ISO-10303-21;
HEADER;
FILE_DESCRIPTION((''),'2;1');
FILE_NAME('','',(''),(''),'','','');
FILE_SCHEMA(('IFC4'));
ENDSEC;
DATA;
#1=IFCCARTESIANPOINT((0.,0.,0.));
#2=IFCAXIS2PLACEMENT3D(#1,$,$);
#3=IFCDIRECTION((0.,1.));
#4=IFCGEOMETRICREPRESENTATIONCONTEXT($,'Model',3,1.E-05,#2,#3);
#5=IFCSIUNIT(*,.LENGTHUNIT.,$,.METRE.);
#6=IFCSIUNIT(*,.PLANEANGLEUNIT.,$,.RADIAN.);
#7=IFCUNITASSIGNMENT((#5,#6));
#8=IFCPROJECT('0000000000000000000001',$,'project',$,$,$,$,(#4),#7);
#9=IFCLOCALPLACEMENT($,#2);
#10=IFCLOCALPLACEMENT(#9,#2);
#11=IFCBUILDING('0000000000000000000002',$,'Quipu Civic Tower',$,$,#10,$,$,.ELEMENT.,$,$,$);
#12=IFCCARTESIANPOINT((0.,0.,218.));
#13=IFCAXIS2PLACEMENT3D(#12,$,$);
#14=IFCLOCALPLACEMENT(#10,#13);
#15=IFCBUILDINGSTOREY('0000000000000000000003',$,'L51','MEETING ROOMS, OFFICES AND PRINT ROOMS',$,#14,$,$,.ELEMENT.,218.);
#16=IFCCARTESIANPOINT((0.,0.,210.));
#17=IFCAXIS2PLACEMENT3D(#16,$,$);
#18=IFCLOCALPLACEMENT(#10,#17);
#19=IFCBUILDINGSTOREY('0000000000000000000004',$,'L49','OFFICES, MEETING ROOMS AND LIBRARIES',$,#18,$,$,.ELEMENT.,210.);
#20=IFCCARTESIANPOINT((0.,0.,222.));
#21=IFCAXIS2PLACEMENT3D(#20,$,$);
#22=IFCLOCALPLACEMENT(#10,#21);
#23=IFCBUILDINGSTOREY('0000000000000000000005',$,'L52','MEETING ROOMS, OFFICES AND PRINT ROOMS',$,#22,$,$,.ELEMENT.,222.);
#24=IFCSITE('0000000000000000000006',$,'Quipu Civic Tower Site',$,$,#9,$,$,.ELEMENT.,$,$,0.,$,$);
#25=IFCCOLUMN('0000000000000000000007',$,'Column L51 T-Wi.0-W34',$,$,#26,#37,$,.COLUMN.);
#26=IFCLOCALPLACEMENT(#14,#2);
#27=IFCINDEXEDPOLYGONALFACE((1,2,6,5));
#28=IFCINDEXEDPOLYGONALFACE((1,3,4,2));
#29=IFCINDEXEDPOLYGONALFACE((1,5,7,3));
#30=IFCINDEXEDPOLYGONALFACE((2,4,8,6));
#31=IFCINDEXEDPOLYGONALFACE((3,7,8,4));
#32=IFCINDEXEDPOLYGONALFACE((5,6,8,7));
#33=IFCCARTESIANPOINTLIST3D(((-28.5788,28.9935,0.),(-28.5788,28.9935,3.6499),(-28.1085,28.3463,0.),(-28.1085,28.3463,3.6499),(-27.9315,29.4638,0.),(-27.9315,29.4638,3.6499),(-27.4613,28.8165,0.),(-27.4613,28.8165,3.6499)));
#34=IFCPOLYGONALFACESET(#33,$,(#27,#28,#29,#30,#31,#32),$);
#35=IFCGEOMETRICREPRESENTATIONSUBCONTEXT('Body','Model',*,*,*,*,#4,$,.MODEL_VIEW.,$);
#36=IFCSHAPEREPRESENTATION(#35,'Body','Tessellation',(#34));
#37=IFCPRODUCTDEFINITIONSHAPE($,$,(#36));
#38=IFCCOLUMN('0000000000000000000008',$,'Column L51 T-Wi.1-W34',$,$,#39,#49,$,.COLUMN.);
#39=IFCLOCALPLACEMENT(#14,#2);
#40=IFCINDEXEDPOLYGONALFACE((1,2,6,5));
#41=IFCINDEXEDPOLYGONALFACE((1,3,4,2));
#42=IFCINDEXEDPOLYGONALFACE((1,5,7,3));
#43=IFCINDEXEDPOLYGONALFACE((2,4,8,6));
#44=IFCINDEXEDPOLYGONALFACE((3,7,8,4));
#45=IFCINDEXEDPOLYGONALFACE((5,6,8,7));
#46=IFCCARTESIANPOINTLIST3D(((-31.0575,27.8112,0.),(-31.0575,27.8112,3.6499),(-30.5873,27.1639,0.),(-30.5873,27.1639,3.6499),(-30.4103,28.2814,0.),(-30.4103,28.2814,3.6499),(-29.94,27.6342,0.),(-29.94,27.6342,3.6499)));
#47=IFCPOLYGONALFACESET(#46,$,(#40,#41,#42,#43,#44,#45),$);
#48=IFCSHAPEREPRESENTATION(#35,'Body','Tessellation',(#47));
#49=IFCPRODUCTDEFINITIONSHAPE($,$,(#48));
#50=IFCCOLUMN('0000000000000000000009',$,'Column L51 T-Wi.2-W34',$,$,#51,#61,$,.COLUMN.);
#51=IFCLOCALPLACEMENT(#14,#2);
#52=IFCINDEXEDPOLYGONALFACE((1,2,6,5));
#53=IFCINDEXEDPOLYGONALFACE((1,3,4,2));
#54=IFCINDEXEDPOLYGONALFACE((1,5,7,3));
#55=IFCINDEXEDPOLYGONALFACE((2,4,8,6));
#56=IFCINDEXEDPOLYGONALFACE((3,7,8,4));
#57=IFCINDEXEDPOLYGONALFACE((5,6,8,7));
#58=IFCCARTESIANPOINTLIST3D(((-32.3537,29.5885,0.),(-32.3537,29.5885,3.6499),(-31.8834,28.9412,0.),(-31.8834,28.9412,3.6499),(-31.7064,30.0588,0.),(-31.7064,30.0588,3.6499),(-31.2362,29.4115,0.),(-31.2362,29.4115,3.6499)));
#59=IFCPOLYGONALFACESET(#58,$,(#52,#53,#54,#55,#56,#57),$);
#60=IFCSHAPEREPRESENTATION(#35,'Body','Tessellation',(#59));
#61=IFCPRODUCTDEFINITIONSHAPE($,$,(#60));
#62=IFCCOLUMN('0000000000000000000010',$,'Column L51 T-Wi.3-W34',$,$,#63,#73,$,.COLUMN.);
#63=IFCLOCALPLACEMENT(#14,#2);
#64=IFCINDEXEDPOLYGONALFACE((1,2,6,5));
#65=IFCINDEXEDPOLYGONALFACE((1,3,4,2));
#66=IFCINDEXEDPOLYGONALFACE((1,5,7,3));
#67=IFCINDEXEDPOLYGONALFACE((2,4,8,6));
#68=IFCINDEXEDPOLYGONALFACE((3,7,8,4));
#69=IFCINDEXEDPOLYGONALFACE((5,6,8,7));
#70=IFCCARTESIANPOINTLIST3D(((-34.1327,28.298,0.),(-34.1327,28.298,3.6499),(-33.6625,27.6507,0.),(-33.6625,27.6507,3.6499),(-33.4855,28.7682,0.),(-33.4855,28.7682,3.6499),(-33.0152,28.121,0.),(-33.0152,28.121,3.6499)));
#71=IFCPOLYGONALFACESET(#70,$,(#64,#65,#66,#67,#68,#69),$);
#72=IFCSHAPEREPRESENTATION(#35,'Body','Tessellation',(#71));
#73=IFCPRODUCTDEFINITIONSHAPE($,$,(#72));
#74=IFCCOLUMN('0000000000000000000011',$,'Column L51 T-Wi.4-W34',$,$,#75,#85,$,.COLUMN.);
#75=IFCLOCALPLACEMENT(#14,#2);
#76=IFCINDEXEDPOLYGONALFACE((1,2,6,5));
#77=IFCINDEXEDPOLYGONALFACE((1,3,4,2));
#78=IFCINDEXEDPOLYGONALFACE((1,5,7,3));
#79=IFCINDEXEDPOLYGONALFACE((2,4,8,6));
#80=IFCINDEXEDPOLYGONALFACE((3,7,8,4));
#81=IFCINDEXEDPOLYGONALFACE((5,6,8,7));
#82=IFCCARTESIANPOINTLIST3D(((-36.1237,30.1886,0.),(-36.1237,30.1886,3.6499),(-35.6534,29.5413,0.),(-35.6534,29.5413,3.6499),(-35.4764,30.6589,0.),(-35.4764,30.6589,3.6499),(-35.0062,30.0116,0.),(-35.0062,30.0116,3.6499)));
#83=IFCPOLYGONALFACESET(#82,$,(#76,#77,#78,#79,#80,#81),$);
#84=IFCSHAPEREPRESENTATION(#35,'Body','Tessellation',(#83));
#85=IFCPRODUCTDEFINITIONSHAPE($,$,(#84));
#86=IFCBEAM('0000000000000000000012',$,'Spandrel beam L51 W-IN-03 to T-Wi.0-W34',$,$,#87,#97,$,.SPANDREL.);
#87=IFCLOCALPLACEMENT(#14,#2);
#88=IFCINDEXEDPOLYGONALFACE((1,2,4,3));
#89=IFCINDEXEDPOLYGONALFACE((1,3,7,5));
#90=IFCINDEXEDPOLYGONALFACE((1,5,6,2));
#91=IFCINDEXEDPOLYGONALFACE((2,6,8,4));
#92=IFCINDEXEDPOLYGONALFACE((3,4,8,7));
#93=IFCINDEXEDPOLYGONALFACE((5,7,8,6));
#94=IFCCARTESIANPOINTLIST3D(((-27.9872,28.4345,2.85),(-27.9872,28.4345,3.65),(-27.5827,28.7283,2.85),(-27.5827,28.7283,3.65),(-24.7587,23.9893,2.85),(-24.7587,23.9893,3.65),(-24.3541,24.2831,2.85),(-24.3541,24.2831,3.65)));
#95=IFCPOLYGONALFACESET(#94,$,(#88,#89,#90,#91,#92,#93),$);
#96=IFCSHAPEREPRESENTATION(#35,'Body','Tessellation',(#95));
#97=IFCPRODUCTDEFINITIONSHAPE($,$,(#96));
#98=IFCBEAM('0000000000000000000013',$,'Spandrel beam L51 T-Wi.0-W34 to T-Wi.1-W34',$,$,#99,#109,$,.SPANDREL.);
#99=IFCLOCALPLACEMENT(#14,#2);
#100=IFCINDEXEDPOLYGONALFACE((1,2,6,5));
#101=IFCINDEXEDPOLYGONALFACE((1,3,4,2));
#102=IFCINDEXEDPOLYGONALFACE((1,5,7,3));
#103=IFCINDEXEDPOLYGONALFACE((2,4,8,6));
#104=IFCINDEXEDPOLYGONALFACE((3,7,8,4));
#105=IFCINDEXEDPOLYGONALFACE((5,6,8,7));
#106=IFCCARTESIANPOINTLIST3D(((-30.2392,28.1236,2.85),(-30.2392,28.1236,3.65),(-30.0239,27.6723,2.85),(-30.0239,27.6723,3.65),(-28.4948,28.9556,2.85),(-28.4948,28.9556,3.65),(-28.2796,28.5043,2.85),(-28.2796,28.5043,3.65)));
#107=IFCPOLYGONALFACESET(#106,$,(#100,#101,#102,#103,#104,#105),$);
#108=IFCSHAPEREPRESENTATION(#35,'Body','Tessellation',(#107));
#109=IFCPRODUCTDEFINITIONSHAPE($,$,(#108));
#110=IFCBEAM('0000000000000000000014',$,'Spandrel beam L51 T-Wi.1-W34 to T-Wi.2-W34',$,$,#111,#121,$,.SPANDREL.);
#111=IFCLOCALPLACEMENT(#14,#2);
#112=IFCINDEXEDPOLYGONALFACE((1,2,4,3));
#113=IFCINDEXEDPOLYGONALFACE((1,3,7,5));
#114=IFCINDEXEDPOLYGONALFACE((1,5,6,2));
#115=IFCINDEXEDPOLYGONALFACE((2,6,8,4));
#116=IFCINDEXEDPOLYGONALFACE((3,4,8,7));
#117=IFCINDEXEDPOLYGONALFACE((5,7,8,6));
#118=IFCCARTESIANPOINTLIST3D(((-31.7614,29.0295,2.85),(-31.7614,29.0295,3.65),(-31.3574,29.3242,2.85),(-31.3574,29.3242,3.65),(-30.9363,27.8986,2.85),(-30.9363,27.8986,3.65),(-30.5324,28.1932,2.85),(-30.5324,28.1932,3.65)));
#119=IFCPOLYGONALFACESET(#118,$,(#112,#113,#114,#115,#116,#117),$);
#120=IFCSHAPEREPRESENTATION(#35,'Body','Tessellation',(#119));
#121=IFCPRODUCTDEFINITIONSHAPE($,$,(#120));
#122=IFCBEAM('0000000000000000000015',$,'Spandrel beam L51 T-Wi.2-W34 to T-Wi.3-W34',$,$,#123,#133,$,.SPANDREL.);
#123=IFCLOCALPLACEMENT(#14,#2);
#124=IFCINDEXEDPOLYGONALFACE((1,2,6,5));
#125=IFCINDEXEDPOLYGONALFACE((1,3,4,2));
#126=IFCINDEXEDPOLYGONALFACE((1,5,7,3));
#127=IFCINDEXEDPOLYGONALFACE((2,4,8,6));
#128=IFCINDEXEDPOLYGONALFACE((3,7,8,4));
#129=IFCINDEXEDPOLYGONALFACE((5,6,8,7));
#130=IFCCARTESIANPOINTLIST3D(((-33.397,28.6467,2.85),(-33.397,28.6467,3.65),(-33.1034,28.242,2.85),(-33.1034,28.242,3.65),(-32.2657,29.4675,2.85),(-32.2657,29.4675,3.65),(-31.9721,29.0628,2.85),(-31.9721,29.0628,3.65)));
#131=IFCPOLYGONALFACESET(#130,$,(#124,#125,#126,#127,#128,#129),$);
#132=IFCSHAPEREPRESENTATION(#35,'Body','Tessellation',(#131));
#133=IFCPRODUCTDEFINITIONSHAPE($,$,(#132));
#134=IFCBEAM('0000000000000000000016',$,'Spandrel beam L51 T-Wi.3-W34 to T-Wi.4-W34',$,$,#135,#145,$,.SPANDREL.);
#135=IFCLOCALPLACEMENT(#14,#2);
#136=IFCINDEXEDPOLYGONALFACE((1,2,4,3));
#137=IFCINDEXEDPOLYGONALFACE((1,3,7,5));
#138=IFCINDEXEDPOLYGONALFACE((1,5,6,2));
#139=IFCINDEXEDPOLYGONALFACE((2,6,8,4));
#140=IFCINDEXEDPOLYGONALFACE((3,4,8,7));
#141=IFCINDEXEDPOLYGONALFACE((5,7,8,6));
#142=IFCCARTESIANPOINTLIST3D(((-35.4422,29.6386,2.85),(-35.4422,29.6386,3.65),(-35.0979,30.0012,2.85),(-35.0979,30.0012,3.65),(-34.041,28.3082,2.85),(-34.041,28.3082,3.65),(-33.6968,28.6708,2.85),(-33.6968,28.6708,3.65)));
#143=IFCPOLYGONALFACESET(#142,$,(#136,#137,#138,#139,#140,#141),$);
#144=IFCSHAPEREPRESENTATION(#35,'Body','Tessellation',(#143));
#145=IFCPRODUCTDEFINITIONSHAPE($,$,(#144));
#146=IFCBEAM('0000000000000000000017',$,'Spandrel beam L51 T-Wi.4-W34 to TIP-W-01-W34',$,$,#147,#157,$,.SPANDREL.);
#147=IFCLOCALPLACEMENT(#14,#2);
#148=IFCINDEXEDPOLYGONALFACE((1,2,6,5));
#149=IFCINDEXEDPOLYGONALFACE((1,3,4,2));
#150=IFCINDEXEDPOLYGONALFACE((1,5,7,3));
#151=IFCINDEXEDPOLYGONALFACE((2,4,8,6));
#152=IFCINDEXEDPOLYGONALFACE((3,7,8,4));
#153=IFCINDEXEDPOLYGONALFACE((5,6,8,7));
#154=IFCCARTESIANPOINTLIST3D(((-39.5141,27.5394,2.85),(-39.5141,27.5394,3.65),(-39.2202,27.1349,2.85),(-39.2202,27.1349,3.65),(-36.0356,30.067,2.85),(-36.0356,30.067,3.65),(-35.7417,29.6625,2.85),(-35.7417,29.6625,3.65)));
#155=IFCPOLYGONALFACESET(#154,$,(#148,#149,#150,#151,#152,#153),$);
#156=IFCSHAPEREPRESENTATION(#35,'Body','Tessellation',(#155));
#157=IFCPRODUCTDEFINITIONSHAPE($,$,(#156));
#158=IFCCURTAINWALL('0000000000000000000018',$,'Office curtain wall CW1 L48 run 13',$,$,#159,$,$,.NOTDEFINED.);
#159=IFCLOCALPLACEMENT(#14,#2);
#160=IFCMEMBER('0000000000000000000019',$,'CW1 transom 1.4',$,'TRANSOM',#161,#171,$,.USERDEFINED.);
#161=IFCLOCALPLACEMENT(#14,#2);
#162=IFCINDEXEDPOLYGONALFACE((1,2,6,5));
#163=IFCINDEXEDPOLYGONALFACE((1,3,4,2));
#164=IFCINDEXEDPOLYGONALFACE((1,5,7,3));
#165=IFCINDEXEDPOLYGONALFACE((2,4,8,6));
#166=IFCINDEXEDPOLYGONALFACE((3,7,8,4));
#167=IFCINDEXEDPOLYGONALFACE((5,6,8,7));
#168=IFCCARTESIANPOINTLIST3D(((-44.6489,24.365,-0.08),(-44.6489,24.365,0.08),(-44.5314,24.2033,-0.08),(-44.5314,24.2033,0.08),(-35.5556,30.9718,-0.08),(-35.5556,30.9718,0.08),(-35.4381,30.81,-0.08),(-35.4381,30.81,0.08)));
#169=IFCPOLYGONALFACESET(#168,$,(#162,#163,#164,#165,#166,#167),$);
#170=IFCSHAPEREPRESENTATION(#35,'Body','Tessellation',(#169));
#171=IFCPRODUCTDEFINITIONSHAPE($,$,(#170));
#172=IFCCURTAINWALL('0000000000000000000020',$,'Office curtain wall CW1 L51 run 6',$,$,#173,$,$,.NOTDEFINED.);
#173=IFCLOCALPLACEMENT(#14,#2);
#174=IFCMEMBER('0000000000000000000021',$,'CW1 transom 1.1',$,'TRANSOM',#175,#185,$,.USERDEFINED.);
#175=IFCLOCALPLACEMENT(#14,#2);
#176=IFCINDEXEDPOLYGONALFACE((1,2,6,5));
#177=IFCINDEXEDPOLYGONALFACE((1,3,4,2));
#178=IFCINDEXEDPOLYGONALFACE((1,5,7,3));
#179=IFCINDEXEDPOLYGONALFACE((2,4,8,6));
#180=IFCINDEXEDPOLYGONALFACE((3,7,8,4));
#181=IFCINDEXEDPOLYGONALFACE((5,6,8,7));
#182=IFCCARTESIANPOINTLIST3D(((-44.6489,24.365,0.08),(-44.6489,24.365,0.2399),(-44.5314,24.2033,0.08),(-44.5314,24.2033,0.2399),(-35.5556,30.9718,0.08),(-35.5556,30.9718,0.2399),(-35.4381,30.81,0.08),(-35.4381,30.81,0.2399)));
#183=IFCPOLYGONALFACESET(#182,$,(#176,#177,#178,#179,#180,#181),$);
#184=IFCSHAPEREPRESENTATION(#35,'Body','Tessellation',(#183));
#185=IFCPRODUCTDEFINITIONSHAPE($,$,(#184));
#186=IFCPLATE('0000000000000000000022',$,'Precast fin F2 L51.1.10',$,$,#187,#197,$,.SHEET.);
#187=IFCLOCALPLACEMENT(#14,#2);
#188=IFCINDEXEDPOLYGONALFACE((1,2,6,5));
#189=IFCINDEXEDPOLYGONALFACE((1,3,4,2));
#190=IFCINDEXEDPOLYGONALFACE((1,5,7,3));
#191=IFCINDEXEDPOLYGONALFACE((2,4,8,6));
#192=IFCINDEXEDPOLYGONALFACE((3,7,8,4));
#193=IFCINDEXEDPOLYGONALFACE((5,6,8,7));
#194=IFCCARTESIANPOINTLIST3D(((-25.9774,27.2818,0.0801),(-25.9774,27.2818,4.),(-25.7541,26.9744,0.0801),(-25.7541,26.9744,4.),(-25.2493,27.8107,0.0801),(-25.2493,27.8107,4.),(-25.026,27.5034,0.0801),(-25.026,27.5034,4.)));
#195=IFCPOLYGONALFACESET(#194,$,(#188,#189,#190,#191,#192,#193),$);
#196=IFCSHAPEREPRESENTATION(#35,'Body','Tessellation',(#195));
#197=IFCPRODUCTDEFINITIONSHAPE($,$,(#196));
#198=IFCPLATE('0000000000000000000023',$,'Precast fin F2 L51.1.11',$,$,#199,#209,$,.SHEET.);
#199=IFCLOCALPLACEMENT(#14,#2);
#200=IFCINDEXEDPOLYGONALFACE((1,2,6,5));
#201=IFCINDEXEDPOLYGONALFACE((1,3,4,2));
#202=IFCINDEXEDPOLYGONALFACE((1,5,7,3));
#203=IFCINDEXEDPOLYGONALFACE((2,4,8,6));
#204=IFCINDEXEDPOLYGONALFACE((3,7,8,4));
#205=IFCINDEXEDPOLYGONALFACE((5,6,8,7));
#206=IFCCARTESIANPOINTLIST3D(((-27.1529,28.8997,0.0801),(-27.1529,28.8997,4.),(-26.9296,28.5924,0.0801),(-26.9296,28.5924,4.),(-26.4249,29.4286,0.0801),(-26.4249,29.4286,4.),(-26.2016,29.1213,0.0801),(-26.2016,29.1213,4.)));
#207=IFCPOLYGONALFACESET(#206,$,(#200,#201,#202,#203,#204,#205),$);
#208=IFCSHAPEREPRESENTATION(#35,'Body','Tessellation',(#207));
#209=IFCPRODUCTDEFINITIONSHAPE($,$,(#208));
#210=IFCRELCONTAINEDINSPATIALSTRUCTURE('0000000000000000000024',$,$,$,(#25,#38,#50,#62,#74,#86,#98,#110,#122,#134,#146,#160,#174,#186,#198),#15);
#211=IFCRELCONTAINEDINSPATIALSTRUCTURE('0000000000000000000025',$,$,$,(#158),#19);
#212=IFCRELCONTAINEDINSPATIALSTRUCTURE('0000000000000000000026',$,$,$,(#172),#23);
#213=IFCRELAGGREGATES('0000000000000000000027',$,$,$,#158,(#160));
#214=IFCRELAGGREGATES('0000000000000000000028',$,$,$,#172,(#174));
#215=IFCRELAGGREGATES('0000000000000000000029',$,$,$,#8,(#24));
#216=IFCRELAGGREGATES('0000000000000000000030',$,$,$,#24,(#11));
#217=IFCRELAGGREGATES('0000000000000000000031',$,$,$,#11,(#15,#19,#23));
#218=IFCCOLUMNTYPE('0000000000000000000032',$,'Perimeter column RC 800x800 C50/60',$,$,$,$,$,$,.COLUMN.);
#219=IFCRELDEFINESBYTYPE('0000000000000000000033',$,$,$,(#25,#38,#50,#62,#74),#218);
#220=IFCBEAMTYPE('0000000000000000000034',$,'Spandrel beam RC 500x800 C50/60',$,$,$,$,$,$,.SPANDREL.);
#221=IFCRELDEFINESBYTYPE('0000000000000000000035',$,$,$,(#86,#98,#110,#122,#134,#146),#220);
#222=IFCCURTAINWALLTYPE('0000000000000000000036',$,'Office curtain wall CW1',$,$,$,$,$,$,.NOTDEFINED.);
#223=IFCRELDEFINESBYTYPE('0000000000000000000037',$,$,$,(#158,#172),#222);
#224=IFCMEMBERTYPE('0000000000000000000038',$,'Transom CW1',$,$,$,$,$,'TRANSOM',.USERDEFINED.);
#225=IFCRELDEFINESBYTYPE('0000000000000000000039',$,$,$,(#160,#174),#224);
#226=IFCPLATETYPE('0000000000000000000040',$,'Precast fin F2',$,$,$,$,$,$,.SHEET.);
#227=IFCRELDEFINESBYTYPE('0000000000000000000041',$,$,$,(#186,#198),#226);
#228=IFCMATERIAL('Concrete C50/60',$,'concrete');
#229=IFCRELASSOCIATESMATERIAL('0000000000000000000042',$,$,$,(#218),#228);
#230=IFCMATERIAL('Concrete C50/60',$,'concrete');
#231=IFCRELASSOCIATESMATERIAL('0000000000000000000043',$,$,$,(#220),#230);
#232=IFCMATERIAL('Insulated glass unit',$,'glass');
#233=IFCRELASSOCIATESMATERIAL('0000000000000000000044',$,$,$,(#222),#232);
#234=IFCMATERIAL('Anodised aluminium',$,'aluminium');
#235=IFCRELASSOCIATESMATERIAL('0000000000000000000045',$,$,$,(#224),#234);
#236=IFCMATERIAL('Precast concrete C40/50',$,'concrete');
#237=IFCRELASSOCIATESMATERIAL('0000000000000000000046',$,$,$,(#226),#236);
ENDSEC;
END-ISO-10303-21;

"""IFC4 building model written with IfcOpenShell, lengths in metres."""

from ifc_helpers import new_model, si_unit, direction, frame, origin, origin_2d, place, context, subcontext, project, spatial, rectangle, extrude, material, material_profile, profile_set, type_object, element, aggregate, save


model = new_model("IFC4")

# Units and contexts
model_context = context("Model", 3, precision=1e-05, world=origin(), true_north=direction((0.0, 1.0)))
body_context = subcontext(model_context, "Body", "Model", "MODEL_VIEW")
ifc_project = project(units=[si_unit("LENGTHUNIT", "METRE"), si_unit("PLANEANGLEUNIT", "RADIAN")], contexts=[model_context])

# Site, building, storey
site_placement = place(None, origin())
site = spatial("IfcSite", under=ifc_project, at=site_placement, Name="Quipu Civic Tower Site", CompositionType="ELEMENT", RefElevation=0.0)
building_placement = place(site_placement, origin())
building = spatial("IfcBuilding", under=site, at=building_placement, Name="Quipu Civic Tower", CompositionType="ELEMENT")
storey_1_placement = place(building_placement, frame((0.0, 0.0, 218.0)))
storey_1 = spatial("IfcBuildingStorey", under=building, at=storey_1_placement, Name="L51", Description="MEETING ROOMS, OFFICES AND PRINT ROOMS", CompositionType="ELEMENT", Elevation=218.0)

# Columns
ifc_material_1 = material(Name="Concrete C50/60", Category="concrete")
ifc_material_profile_1 = material_profile(ifc_material_1, rectangle(XDim=0.8, YDim=0.8, at=origin_2d()), Name="RC800x800")
ifc_profile_set_1 = profile_set([ifc_material_profile_1], Name="Concrete C50/60")
column_type = type_object("IfcColumnType", Name="Perimeter column RC 800x800 C50/60", PredefinedType="COLUMN", material=ifc_profile_set_1)
for number, where, z_axis, x_axis, name in (
    (1, (-28.02, 28.905, 0.0), (0.0, 0.0, 1.0), (-0.809017, -0.587785, 0.0), "Column L51 T-Wi.0-W34"),
    (2, (-30.4988, 27.7227, 0.0), (0.0, 0.0, 1.0), (-0.809017, -0.587785, 0.0), "Column L51 T-Wi.1-W34"),
    (3, (-31.7949, 29.5, 0.0), (0.0, 0.0, 1.0), (-0.587785, 0.809017, 0.0), "Column L51 T-Wi.2-W34"),
    (4, (-33.574, 28.2095, 0.0), (0.0, 0.0, 1.0), (-0.587785, 0.809017, 0.0), "Column L51 T-Wi.3-W34"),
    (5, (-35.5649, 30.1001, 0.0), (0.0, 0.0, 1.0), (-0.809017, -0.587785, 0.0), "Column L51 T-Wi.4-W34"),
):
    element("IfcColumn", number, at=place(storey_1_placement, frame(where, z_axis=z_axis, x_axis=x_axis)), inside=storey_1, type_object=column_type, Name=name, PredefinedType="COLUMN", context=body_context, shape_type="SweptSolid", body=[
        extrude(rectangle(XDim=0.8, YDim=0.8, at=origin_2d()), origin(), (0.0, 0.0, 1.0), 3.6499),
    ])

# Beams
ifc_material_2 = material(Name="Concrete C50/60", Category="concrete")
ifc_material_profile_2 = material_profile(ifc_material_2, rectangle(XDim=0.5, YDim=0.8, at=origin_2d()), Name="RC500x800")
ifc_profile_set_2 = profile_set([ifc_material_profile_2], Name="Concrete C50/60")
beam_type = type_object("IfcBeamType", Name="Spandrel beam RC 500x800 C50/60", PredefinedType="SPANDREL", material=ifc_profile_set_2)
beam_1_placement = place(storey_1_placement, frame((-24.5564, 24.1362, 3.25), z_axis=(-0.587664, 0.809105, 0.0), x_axis=(-0.809105, -0.587664, 0.0)))
element("IfcBeam", 6, at=beam_1_placement, inside=storey_1, type_object=beam_type, Name="Spandrel beam L51 W-IN-03 to T-Wi.0-W34", PredefinedType="SPANDREL", context=body_context, shape_type="SweptSolid", body=[
    extrude(rectangle(XDim=0.5, YDim=0.8, at=origin_2d()), origin(), (0.0, 0.0, 1.0), 5.4939),
])
beam_2_placement = place(storey_1_placement, frame((-28.3872, 28.73, 3.25), z_axis=(-0.902585, -0.430512, 0.0), x_axis=(0.430512, -0.902585, 0.0)))
element("IfcBeam", 7, at=beam_2_placement, inside=storey_1, type_object=beam_type, Name="Spandrel beam L51 T-Wi.0-W34 to T-Wi.1-W34", PredefinedType="SPANDREL", context=body_context, shape_type="SweptSolid", body=[
    extrude(rectangle(XDim=0.5, YDim=0.8, at=origin_2d()), origin(), (0.0, 0.0, 1.0), 1.9326),
])
beam_3_placement = place(storey_1_placement, frame((-30.7344, 28.0459, 3.25), z_axis=(-0.589343, 0.807883, 0.0), x_axis=(-0.807883, -0.589343, 0.0)))
element("IfcBeam", 8, at=beam_3_placement, inside=storey_1, type_object=beam_type, Name="Spandrel beam L51 T-Wi.1-W34 to T-Wi.2-W34", PredefinedType="SPANDREL", context=body_context, shape_type="SweptSolid", body=[
    extrude(rectangle(XDim=0.5, YDim=0.8, at=origin_2d()), origin(), (0.0, 0.0, 1.0), 1.3999),
])
beam_4_placement = place(storey_1_placement, frame((-32.1189, 29.2651, 3.25), z_axis=(-0.809415, -0.587237, 0.0), x_axis=(0.587237, -0.809415, 0.0)))
element("IfcBeam", 9, at=beam_4_placement, inside=storey_1, type_object=beam_type, Name="Spandrel beam L51 T-Wi.2-W34 to T-Wi.3-W34", PredefinedType="SPANDREL", context=body_context, shape_type="SweptSolid", body=[
    extrude(rectangle(XDim=0.5, YDim=0.8, at=origin_2d()), origin(), (0.0, 0.0, 1.0), 1.3977),
])
beam_5_placement = place(storey_1_placement, frame((-33.8689, 28.4895, 3.25), z_axis=(-0.725192, 0.688547, 0.0), x_axis=(-0.688547, -0.725192, 0.0)))
element("IfcBeam", 10, at=beam_5_placement, inside=storey_1, type_object=beam_type, Name="Spandrel beam L51 T-Wi.3-W34 to T-Wi.4-W34", PredefinedType="SPANDREL", context=body_context, shape_type="SweptSolid", body=[
    extrude(rectangle(XDim=0.5, YDim=0.8, at=origin_2d()), origin(), (0.0, 0.0, 1.0), 1.9321),
])
beam_6_placement = place(storey_1_placement, frame((-35.8887, 29.8647, 3.25), z_axis=(-0.808984, -0.587831, 0.0), x_axis=(0.587831, -0.808984, 0.0)))
element("IfcBeam", 11, at=beam_6_placement, inside=storey_1, type_object=beam_type, Name="Spandrel beam L51 T-Wi.4-W34 to TIP-W-01-W34", PredefinedType="SPANDREL", context=body_context, shape_type="SweptSolid", body=[
    extrude(rectangle(XDim=0.5, YDim=0.8, at=origin_2d()), origin(), (0.0, 0.0, 1.0), 4.2998),
])

# Shared definitions
storey_2_placement = place(building_placement, frame((0.0, 0.0, 210.0)))
storey_2 = spatial("IfcBuildingStorey", under=building, at=storey_2_placement, Name="L49", Description="OFFICES, MEETING ROOMS AND LIBRARIES", CompositionType="ELEMENT", Elevation=210.0)

# Curtain wall, member
ifc_material_3 = material(Name="Insulated glass unit", Category="glass")
curtain_wall_type = type_object("IfcCurtainWallType", Name="Office curtain wall CW1", PredefinedType="NOTDEFINED", material=ifc_material_3)
curtain_wall_1_placement = place(storey_2_placement, origin())
curtain_wall_1 = element("IfcCurtainWall", 12, at=curtain_wall_1_placement, inside=storey_2, type_object=curtain_wall_type, Name="Office curtain wall CW1 L48 run 13", PredefinedType="NOTDEFINED")
ifc_material_4 = material(Name="Anodised aluminium", Category="aluminium")
ifc_material_profile_3 = material_profile(ifc_material_4, rectangle(XDim=0.2, YDim=0.1599, at=origin_2d()), Name="RECT 200x160")
ifc_profile_set_3 = profile_set([ifc_material_profile_3], Name="Anodised aluminium")
member_type = type_object("IfcMemberType", Name="Transom CW1", ElementType="TRANSOM", PredefinedType="USERDEFINED", material=ifc_profile_set_3)
member_1_placement = place(storey_1_placement, frame((-35.4968, 30.8909, 0.0), z_axis=(-0.809015, -0.587788, 0.0), x_axis=(0.587788, -0.809015, 0.0)))
member_1 = element("IfcMember", 13, at=member_1_placement, inside=storey_1, type_object=member_type, Name="CW1 transom 1.4", ObjectType="TRANSOM", PredefinedType="USERDEFINED", context=body_context, shape_type="SweptSolid", body=[
    extrude(rectangle(XDim=0.2, YDim=0.1599, at=origin_2d()), origin(), (0.0, 0.0, 1.0), 11.24),
])
aggregate(curtain_wall_1, [member_1])

# Shared definitions
storey_3_placement = place(building_placement, frame((0.0, 0.0, 222.0)))
storey_3 = spatial("IfcBuildingStorey", under=building, at=storey_3_placement, Name="L52", Description="MEETING ROOMS, OFFICES AND PRINT ROOMS", CompositionType="ELEMENT", Elevation=222.0)

# Curtain wall, member
curtain_wall_2_placement = place(storey_3_placement, origin())
curtain_wall_2 = element("IfcCurtainWall", 14, at=curtain_wall_2_placement, inside=storey_3, type_object=curtain_wall_type, Name="Office curtain wall CW1 L51 run 6", PredefinedType="NOTDEFINED")
member_2_placement = place(storey_1_placement, frame((-35.4968, 30.8909, 0.1599), z_axis=(-0.809015, -0.587788, 0.0), x_axis=(0.587788, -0.809015, 0.0)))
member_2 = element("IfcMember", 15, at=member_2_placement, inside=storey_1, type_object=member_type, Name="CW1 transom 1.1", ObjectType="TRANSOM", PredefinedType="USERDEFINED", context=body_context, shape_type="SweptSolid", body=[
    extrude(rectangle(XDim=0.2, YDim=0.1599, at=origin_2d()), origin(), (0.0, 0.0, 1.0), 11.24),
])
aggregate(curtain_wall_2, [member_2])

# Plates
ifc_material_5 = material(Name="Precast concrete C40/50", Category="concrete")
plate_type = type_object("IfcPlateType", Name="Precast fin F2", PredefinedType="SHEET", material=ifc_material_5)
for number, where, z_axis, x_axis, name in (
    (16, (-25.5017, 27.3926, 0.0801), (0.0, 0.0, 1.0), (-0.587787, 0.809016, 0.0), "Precast fin F2 L51.1.10"),
    (17, (-26.6772, 29.0105, 0.0801), (0.0, 0.0, 1.0), (-0.587787, 0.809016, 0.0), "Precast fin F2 L51.1.11"),
):
    element("IfcPlate", number, at=place(storey_1_placement, frame(where, z_axis=z_axis, x_axis=x_axis)), inside=storey_1, type_object=plate_type, Name=name, PredefinedType="SHEET", context=body_context, shape_type="SweptSolid", body=[
        extrude(rectangle(XDim=0.3799, YDim=0.8999, at=origin_2d()), origin(), (0.0, 0.0, 1.0), 3.9199),
    ])

save(model, "model.ifc")
